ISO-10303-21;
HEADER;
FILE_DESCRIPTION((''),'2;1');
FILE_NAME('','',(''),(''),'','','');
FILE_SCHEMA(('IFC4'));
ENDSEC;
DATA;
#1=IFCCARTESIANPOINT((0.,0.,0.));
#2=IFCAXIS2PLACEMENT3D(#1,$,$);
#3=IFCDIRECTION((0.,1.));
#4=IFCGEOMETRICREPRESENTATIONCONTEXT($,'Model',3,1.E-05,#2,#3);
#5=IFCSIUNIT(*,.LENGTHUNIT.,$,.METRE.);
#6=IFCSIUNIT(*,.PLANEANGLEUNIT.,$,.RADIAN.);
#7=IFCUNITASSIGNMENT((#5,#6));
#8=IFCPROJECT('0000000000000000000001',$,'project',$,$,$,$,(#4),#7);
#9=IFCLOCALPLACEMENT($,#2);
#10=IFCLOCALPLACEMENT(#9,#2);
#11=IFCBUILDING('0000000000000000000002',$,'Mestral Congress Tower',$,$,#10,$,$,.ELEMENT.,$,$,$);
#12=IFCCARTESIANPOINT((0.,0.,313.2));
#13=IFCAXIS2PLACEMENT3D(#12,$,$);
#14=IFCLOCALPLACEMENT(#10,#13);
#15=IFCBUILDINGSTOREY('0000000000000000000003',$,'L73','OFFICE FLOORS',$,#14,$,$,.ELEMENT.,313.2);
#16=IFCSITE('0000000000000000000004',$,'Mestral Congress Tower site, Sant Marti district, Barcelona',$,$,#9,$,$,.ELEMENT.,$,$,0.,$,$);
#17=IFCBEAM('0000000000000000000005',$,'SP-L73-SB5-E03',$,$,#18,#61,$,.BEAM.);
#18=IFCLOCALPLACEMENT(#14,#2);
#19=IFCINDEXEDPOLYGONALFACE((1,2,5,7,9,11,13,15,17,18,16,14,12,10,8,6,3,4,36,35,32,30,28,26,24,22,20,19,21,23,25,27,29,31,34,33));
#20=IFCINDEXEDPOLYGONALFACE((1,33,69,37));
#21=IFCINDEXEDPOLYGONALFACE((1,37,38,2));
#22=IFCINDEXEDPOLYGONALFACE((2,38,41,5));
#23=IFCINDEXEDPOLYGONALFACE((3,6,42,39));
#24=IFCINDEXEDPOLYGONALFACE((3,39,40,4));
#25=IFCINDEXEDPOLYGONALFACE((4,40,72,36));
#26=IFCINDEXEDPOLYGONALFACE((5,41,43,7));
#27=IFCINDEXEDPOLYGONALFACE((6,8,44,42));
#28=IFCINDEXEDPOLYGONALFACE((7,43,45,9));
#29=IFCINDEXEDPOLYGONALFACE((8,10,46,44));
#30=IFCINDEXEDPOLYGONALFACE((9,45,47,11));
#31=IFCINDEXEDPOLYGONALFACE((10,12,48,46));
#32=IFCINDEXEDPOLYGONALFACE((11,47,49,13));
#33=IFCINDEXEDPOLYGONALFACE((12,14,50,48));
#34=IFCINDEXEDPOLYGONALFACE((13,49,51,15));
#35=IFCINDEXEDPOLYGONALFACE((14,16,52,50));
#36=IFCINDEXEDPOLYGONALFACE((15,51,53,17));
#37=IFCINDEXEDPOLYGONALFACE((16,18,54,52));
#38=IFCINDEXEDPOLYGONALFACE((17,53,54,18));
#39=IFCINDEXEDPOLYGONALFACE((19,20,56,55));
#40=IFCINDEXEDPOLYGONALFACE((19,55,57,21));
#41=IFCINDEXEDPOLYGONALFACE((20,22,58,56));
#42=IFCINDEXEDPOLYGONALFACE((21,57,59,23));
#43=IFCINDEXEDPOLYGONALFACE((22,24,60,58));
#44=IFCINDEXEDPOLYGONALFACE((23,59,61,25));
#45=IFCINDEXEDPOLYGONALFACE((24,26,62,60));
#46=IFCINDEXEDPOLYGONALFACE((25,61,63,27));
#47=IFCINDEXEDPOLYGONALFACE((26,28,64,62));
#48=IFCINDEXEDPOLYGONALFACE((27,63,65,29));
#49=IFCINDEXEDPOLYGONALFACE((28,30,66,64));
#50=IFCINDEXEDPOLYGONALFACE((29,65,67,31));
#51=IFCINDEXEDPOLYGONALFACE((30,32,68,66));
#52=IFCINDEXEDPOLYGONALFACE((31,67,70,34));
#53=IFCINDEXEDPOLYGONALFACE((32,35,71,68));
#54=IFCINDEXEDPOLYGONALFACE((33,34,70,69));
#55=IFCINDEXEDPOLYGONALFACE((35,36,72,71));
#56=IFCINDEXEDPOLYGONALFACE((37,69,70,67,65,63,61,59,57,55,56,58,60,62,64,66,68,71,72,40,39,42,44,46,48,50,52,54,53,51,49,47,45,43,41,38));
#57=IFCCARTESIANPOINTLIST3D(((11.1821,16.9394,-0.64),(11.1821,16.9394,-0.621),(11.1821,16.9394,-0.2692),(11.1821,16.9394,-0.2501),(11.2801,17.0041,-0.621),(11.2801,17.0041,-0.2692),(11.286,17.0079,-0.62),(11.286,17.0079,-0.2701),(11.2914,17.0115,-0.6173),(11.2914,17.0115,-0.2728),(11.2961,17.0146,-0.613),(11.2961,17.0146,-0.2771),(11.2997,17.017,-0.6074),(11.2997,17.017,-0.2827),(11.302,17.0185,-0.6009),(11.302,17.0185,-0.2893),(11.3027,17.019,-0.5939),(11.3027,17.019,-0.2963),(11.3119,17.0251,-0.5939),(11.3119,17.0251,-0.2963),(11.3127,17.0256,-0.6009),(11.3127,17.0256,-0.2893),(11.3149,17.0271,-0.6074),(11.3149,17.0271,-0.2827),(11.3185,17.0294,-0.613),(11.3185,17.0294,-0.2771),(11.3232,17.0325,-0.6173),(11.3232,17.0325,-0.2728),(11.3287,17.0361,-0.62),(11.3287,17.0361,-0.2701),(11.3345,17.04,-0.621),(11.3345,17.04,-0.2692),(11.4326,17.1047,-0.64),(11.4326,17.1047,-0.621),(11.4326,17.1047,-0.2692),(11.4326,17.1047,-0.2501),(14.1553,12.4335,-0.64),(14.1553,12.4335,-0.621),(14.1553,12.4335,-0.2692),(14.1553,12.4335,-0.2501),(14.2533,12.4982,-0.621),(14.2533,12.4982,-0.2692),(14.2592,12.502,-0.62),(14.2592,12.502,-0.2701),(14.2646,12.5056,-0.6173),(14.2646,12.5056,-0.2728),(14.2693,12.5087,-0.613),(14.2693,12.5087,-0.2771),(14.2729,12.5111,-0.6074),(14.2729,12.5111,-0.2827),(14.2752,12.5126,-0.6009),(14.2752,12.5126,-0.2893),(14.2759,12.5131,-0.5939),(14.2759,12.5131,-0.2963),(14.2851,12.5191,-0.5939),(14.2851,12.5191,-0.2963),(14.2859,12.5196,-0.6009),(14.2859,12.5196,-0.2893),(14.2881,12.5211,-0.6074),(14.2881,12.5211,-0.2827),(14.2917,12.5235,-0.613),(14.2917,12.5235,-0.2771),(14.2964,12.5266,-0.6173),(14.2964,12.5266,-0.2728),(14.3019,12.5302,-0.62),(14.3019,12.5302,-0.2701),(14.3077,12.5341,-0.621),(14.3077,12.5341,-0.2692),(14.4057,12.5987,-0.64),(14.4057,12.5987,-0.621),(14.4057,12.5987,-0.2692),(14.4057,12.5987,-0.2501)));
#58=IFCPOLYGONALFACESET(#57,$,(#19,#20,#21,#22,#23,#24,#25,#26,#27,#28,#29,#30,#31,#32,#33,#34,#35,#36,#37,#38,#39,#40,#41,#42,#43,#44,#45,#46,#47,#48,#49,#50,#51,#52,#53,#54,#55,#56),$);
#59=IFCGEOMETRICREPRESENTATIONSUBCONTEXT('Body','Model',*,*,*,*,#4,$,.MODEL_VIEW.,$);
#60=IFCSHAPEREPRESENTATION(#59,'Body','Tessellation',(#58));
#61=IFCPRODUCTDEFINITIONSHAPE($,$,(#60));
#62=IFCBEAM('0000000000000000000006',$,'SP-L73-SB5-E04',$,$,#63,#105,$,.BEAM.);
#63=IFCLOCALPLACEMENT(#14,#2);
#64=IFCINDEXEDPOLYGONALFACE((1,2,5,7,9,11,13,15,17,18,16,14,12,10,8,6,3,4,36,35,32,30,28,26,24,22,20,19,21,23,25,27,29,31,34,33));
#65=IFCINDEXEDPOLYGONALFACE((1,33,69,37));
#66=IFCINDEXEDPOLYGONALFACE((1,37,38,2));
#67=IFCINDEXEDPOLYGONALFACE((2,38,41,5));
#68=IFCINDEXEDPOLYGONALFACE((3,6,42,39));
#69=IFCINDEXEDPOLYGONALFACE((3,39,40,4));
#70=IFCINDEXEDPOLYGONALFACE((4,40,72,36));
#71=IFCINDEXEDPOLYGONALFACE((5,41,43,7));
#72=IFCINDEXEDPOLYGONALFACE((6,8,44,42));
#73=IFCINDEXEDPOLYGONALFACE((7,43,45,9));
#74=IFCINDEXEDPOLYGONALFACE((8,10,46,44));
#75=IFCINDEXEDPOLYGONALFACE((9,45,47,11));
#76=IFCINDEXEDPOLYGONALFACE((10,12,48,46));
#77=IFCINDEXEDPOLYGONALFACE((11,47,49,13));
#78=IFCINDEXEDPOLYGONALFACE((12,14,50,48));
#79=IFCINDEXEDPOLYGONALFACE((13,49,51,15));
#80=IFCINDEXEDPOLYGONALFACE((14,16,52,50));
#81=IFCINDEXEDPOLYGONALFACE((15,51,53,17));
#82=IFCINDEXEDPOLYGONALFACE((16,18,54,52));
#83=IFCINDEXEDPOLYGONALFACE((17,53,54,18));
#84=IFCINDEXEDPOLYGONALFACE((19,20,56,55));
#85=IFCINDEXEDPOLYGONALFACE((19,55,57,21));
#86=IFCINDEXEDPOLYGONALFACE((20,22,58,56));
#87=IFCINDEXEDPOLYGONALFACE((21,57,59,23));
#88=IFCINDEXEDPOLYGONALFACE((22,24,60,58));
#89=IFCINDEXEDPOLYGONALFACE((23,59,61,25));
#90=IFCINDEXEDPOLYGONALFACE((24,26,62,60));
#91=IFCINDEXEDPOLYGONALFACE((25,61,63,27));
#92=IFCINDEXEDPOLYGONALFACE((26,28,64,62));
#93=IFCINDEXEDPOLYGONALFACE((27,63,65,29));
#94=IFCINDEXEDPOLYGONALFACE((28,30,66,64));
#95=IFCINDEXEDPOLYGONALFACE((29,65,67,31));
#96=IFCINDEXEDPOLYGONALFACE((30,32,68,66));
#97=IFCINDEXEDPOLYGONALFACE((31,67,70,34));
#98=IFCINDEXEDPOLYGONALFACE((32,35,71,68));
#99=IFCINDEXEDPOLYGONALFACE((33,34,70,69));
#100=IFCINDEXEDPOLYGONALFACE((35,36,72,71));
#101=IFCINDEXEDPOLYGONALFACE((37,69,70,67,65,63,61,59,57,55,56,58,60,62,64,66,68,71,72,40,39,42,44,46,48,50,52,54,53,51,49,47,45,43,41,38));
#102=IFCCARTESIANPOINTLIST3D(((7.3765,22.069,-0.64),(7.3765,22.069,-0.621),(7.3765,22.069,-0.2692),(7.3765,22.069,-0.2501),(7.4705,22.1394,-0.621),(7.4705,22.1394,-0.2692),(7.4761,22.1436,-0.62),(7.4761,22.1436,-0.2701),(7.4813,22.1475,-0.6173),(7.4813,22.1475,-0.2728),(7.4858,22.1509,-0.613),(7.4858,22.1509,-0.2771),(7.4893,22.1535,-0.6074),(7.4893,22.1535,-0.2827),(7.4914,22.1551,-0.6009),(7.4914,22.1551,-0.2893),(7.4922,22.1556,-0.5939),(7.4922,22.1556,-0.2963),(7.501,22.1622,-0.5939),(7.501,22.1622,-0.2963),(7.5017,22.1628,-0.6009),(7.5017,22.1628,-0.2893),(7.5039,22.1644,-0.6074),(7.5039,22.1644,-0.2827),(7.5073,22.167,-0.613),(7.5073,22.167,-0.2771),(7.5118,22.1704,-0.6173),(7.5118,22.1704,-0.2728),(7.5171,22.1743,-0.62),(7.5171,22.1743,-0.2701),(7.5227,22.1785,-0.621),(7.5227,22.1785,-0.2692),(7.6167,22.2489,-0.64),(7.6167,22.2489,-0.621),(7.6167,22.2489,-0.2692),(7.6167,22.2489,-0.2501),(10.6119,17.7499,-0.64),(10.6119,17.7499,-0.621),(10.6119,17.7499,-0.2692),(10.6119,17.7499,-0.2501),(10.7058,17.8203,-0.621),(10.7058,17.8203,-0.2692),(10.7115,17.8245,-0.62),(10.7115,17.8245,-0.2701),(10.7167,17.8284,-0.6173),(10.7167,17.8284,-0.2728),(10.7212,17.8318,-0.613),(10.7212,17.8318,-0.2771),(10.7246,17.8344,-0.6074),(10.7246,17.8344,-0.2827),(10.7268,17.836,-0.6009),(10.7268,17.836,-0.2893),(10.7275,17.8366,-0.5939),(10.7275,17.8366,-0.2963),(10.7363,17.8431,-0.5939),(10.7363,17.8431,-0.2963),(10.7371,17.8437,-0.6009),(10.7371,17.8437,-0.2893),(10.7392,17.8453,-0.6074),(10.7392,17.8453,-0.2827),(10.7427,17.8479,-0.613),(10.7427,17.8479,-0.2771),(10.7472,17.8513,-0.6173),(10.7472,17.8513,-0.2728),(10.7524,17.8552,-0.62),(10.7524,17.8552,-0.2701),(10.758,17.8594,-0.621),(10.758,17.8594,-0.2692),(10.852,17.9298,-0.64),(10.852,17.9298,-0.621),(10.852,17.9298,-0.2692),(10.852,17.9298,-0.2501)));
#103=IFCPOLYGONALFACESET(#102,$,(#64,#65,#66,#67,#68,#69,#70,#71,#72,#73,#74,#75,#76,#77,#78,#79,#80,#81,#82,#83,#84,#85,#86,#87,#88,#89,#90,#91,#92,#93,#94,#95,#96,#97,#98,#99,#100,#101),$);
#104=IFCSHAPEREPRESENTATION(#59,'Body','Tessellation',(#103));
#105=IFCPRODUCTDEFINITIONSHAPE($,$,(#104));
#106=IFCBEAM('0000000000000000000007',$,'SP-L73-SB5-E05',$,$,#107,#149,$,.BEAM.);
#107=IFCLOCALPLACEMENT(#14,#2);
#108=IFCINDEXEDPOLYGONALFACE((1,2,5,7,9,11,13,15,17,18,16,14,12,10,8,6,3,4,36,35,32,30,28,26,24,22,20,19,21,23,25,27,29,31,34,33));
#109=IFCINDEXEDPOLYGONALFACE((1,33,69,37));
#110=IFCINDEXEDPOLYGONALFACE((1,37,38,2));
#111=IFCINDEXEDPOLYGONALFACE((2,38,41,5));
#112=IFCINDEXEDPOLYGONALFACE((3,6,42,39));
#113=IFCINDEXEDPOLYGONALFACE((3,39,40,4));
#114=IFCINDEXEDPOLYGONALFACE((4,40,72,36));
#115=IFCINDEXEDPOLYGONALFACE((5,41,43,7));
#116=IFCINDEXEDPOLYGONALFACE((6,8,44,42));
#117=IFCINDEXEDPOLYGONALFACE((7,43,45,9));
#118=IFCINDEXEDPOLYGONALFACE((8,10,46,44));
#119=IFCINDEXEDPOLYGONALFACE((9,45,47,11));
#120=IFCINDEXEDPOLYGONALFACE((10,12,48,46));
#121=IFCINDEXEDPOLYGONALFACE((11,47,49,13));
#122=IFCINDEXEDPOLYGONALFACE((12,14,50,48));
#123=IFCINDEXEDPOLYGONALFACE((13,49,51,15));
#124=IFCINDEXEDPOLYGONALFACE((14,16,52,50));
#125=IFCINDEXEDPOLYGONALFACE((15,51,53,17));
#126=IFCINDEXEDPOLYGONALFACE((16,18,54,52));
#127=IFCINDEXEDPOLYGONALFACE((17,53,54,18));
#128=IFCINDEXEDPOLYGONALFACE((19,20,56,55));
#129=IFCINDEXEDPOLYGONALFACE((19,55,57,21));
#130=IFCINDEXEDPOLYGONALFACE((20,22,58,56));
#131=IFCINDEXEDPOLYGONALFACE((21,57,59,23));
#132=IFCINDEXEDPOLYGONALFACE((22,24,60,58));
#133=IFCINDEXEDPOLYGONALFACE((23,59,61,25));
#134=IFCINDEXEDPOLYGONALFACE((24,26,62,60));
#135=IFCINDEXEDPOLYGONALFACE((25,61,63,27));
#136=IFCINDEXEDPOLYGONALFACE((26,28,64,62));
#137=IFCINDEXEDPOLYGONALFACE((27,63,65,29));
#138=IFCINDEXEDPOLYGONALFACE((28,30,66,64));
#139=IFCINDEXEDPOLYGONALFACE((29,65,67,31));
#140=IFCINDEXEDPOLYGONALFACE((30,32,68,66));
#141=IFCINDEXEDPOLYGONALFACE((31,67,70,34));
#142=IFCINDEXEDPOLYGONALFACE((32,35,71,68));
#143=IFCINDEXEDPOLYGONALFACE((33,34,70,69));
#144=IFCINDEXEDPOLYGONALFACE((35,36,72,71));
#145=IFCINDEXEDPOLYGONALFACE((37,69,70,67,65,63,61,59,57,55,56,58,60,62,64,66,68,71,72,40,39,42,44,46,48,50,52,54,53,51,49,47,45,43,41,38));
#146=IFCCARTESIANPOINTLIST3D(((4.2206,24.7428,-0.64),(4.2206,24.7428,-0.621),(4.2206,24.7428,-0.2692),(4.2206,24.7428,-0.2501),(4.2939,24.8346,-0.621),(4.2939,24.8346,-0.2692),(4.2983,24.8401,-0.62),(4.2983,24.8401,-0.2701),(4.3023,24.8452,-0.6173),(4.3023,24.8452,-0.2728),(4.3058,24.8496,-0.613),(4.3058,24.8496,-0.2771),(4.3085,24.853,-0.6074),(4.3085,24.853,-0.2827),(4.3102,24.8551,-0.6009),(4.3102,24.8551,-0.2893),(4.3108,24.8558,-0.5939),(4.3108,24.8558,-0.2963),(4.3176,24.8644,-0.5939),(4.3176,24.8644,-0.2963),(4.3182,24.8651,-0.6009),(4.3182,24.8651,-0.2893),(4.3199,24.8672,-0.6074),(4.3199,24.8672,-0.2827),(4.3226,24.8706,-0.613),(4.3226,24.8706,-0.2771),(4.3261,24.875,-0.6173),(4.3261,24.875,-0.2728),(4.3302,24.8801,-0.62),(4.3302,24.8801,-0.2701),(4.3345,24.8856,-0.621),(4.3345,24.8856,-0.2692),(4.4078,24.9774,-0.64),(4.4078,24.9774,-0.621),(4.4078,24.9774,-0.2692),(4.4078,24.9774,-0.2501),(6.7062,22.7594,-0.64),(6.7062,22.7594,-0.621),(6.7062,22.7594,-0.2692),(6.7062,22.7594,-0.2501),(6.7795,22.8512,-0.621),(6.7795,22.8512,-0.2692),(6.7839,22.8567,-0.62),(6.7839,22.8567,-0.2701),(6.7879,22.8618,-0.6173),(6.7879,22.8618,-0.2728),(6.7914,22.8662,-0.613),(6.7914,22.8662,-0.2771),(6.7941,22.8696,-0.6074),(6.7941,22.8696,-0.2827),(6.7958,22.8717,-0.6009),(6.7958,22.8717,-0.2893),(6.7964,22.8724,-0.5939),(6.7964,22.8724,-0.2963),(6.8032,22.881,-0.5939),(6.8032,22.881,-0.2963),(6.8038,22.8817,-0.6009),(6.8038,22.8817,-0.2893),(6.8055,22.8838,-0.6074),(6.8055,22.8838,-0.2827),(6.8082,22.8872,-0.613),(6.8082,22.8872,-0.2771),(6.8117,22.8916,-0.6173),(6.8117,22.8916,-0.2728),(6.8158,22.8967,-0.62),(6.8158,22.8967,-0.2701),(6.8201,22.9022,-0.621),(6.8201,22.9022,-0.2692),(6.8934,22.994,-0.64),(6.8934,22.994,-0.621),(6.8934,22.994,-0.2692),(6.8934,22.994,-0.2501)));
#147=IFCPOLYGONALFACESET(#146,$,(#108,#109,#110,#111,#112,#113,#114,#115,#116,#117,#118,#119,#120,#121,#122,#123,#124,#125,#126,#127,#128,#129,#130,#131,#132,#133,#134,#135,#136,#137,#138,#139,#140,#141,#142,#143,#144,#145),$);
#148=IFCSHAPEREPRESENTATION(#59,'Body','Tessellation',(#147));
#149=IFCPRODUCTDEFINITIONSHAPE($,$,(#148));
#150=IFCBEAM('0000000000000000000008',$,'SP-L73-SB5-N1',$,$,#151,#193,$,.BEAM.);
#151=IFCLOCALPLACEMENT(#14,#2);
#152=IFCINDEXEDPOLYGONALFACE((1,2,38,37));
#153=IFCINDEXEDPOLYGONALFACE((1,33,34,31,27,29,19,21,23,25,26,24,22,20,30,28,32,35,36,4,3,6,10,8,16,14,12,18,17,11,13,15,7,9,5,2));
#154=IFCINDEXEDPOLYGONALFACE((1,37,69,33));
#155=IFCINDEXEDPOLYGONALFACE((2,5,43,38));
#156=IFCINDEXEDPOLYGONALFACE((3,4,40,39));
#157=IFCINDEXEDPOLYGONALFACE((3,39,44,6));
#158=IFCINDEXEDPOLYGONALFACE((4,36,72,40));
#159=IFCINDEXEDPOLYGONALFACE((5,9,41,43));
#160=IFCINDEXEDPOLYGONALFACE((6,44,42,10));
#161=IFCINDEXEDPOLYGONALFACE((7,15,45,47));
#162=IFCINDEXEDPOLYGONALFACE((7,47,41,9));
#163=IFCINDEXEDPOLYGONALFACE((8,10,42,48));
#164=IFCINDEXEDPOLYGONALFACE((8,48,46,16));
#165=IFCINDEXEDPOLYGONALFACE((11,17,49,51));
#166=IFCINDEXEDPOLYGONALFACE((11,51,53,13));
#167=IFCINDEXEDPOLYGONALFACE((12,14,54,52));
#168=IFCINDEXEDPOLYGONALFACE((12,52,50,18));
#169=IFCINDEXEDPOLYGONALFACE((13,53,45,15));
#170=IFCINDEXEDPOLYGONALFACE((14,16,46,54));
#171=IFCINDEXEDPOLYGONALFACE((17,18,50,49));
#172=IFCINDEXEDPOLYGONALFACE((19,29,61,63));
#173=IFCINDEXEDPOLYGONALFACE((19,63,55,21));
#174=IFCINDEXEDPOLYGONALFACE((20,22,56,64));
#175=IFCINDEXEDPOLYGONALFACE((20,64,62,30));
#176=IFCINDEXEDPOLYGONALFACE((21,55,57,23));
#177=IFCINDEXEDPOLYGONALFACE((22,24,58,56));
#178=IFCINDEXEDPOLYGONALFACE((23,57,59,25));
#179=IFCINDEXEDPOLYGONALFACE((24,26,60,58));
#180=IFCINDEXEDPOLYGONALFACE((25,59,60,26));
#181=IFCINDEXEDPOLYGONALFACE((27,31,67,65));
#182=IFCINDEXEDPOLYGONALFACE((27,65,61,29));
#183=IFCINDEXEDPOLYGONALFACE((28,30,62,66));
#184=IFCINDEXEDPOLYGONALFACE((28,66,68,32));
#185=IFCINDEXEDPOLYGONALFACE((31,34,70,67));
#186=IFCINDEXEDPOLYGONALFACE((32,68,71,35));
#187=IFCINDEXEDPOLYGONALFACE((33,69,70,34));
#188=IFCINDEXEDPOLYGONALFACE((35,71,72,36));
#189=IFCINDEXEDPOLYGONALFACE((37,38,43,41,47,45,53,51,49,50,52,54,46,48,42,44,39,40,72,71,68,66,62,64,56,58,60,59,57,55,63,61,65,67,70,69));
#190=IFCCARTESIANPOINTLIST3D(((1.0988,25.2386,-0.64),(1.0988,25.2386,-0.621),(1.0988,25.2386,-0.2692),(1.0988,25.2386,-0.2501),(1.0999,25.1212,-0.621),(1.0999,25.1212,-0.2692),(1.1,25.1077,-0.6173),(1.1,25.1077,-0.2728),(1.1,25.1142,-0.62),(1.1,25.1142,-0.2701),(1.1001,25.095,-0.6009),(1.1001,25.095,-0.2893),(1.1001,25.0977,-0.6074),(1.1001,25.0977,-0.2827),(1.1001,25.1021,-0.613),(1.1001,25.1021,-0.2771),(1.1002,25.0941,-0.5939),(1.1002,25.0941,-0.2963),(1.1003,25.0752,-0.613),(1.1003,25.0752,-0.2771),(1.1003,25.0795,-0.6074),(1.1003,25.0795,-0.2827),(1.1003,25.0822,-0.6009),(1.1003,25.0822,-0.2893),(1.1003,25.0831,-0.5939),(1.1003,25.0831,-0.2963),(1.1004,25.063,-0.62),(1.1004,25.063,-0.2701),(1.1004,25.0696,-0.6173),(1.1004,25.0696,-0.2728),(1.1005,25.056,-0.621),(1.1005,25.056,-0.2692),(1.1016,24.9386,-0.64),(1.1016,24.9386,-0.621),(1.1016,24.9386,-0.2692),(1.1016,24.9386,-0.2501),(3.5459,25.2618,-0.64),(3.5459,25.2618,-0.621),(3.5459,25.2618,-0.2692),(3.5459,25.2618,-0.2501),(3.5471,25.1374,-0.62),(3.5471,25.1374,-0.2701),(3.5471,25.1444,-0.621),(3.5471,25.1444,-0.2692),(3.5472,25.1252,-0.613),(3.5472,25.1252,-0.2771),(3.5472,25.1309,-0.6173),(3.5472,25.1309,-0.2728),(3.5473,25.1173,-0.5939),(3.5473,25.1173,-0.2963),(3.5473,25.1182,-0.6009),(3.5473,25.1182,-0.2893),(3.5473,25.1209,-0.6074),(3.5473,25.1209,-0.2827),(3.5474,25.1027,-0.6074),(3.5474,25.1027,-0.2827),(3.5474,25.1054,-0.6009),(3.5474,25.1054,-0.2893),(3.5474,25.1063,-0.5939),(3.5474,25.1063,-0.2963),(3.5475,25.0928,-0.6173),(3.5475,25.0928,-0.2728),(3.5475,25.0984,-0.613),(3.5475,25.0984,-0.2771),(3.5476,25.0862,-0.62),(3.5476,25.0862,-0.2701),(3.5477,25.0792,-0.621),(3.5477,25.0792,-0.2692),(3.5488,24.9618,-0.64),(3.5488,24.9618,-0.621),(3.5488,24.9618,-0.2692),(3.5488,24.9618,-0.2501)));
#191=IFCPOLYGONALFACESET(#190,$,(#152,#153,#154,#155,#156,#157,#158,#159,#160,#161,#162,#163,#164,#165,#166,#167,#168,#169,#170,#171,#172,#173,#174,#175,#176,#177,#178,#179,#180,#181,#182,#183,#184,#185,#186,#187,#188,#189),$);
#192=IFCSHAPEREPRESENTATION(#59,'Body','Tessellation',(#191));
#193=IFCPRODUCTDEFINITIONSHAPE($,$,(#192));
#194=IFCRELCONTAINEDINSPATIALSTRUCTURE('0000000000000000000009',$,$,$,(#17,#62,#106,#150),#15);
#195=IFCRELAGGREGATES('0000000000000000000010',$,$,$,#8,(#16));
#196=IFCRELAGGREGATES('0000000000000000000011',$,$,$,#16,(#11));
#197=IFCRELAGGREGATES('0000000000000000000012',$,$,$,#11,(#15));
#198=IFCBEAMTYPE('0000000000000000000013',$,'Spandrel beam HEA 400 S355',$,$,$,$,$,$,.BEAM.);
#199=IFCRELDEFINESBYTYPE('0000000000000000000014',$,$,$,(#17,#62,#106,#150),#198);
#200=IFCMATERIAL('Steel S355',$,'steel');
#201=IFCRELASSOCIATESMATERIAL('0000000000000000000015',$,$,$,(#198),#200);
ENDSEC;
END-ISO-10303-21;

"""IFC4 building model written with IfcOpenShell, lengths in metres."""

from ifc_helpers import new_model, si_unit, direction, frame, origin, origin_2d, place, context, subcontext, project, spatial, i_section, extrude, material, material_profile, profile_set, type_object, element, save


model = new_model("IFC4")

# Units and contexts
model_context = context("Model", 3, precision=1e-05, world=origin(), true_north=direction((0.0, 1.0)))
body_context = subcontext(model_context, "Body", "Model", "MODEL_VIEW")
ifc_project = project(units=[si_unit("LENGTHUNIT", "METRE"), si_unit("PLANEANGLEUNIT", "RADIAN")], contexts=[model_context])

# Site, building, storey
site_placement = place(None, origin())
site = spatial("IfcSite", under=ifc_project, at=site_placement, Name="Mestral Congress Tower site, Sant Marti district, Barcelona", CompositionType="ELEMENT", RefElevation=0.0)
building_placement = place(site_placement, origin())
building = spatial("IfcBuilding", under=site, at=building_placement, Name="Mestral Congress Tower", CompositionType="ELEMENT")
storey_placement = place(building_placement, frame((0.0, 0.0, 313.2)))
storey = spatial("IfcBuildingStorey", under=building, at=storey_placement, Name="L73", Description="OFFICE FLOORS", CompositionType="ELEMENT", Elevation=313.2)

# Beams
ifc_material_1 = material(Name="Steel S355", Category="steel")
ifc_material_profile_1 = material_profile(ifc_material_1, i_section(OverallWidth=0.3, OverallDepth=0.3899, WebThickness=0.011, FlangeThickness=0.019, FilletRadius=0.0271, at=origin_2d()), Name="HEA 400")
ifc_profile_set_1 = profile_set([ifc_material_profile_1], Name="Steel S355")
beam_type_1 = type_object("IfcBeamType", Name="Spandrel beam HEA 400 S355", PredefinedType="BEAM", material=ifc_profile_set_1)
beam_1_placement = place(storey_placement, frame((14.2805, 12.5161, -0.4451), z_axis=(-0.550749, 0.834671, 0.0), x_axis=(-0.834671, -0.550749, 0.0)))
element("IfcBeam", 1, at=beam_1_placement, inside=storey, type_object=beam_type_1, Name="SP-L73-SB5-E03", PredefinedType="BEAM", context=body_context, shape_type="SweptSolid", body=[
    extrude(i_section(OverallWidth=0.3, OverallDepth=0.3899, WebThickness=0.011, FlangeThickness=0.019, FilletRadius=0.0271, at=origin_2d()), origin(), (0.0, 0.0, 1.0), 5.3984),
])
beam_2_placement = place(storey_placement, frame((10.7319, 17.8398, -0.4451), z_axis=(-0.599529, 0.800353, 0.0), x_axis=(-0.800353, -0.599529, 0.0)))
element("IfcBeam", 2, at=beam_2_placement, inside=storey, type_object=beam_type_1, Name="SP-L73-SB5-E04", PredefinedType="BEAM", context=body_context, shape_type="SweptSolid", body=[
    extrude(i_section(OverallWidth=0.3, OverallDepth=0.3899, WebThickness=0.011, FlangeThickness=0.019, FilletRadius=0.0271, at=origin_2d()), origin(), (0.0, 0.0, 1.0), 5.3965),
])
beam_3_placement = place(storey_placement, frame((6.7998, 22.8767, -0.4451), z_axis=(-0.781647, 0.623721, 0.0), x_axis=(-0.623721, -0.781647, 0.0)))
element("IfcBeam", 3, at=beam_3_placement, inside=storey, type_object=beam_type_1, Name="SP-L73-SB5-E05", PredefinedType="BEAM", context=body_context, shape_type="SweptSolid", body=[
    extrude(i_section(OverallWidth=0.3, OverallDepth=0.3899, WebThickness=0.011, FlangeThickness=0.019, FilletRadius=0.0271, at=origin_2d()), origin(), (0.0, 0.0, 1.0), 3.1799),
])
beam_4_placement = place(storey_placement, frame((3.5474, 25.1118, -0.4451), z_axis=(-0.999955, -0.009477, 0.0), x_axis=(0.009477, -0.999955, 0.0)))
element("IfcBeam", 4, at=beam_4_placement, inside=storey, type_object=beam_type_1, Name="SP-L73-SB5-N1", PredefinedType="BEAM", context=body_context, shape_type="SweptSolid", body=[
    extrude(i_section(OverallWidth=0.3, OverallDepth=0.3899, WebThickness=0.011, FlangeThickness=0.019, FilletRadius=0.0271, at=origin_2d()), origin(), (0.0, 0.0, 1.0), 2.4473),
])

save(model, "model.ifc")
